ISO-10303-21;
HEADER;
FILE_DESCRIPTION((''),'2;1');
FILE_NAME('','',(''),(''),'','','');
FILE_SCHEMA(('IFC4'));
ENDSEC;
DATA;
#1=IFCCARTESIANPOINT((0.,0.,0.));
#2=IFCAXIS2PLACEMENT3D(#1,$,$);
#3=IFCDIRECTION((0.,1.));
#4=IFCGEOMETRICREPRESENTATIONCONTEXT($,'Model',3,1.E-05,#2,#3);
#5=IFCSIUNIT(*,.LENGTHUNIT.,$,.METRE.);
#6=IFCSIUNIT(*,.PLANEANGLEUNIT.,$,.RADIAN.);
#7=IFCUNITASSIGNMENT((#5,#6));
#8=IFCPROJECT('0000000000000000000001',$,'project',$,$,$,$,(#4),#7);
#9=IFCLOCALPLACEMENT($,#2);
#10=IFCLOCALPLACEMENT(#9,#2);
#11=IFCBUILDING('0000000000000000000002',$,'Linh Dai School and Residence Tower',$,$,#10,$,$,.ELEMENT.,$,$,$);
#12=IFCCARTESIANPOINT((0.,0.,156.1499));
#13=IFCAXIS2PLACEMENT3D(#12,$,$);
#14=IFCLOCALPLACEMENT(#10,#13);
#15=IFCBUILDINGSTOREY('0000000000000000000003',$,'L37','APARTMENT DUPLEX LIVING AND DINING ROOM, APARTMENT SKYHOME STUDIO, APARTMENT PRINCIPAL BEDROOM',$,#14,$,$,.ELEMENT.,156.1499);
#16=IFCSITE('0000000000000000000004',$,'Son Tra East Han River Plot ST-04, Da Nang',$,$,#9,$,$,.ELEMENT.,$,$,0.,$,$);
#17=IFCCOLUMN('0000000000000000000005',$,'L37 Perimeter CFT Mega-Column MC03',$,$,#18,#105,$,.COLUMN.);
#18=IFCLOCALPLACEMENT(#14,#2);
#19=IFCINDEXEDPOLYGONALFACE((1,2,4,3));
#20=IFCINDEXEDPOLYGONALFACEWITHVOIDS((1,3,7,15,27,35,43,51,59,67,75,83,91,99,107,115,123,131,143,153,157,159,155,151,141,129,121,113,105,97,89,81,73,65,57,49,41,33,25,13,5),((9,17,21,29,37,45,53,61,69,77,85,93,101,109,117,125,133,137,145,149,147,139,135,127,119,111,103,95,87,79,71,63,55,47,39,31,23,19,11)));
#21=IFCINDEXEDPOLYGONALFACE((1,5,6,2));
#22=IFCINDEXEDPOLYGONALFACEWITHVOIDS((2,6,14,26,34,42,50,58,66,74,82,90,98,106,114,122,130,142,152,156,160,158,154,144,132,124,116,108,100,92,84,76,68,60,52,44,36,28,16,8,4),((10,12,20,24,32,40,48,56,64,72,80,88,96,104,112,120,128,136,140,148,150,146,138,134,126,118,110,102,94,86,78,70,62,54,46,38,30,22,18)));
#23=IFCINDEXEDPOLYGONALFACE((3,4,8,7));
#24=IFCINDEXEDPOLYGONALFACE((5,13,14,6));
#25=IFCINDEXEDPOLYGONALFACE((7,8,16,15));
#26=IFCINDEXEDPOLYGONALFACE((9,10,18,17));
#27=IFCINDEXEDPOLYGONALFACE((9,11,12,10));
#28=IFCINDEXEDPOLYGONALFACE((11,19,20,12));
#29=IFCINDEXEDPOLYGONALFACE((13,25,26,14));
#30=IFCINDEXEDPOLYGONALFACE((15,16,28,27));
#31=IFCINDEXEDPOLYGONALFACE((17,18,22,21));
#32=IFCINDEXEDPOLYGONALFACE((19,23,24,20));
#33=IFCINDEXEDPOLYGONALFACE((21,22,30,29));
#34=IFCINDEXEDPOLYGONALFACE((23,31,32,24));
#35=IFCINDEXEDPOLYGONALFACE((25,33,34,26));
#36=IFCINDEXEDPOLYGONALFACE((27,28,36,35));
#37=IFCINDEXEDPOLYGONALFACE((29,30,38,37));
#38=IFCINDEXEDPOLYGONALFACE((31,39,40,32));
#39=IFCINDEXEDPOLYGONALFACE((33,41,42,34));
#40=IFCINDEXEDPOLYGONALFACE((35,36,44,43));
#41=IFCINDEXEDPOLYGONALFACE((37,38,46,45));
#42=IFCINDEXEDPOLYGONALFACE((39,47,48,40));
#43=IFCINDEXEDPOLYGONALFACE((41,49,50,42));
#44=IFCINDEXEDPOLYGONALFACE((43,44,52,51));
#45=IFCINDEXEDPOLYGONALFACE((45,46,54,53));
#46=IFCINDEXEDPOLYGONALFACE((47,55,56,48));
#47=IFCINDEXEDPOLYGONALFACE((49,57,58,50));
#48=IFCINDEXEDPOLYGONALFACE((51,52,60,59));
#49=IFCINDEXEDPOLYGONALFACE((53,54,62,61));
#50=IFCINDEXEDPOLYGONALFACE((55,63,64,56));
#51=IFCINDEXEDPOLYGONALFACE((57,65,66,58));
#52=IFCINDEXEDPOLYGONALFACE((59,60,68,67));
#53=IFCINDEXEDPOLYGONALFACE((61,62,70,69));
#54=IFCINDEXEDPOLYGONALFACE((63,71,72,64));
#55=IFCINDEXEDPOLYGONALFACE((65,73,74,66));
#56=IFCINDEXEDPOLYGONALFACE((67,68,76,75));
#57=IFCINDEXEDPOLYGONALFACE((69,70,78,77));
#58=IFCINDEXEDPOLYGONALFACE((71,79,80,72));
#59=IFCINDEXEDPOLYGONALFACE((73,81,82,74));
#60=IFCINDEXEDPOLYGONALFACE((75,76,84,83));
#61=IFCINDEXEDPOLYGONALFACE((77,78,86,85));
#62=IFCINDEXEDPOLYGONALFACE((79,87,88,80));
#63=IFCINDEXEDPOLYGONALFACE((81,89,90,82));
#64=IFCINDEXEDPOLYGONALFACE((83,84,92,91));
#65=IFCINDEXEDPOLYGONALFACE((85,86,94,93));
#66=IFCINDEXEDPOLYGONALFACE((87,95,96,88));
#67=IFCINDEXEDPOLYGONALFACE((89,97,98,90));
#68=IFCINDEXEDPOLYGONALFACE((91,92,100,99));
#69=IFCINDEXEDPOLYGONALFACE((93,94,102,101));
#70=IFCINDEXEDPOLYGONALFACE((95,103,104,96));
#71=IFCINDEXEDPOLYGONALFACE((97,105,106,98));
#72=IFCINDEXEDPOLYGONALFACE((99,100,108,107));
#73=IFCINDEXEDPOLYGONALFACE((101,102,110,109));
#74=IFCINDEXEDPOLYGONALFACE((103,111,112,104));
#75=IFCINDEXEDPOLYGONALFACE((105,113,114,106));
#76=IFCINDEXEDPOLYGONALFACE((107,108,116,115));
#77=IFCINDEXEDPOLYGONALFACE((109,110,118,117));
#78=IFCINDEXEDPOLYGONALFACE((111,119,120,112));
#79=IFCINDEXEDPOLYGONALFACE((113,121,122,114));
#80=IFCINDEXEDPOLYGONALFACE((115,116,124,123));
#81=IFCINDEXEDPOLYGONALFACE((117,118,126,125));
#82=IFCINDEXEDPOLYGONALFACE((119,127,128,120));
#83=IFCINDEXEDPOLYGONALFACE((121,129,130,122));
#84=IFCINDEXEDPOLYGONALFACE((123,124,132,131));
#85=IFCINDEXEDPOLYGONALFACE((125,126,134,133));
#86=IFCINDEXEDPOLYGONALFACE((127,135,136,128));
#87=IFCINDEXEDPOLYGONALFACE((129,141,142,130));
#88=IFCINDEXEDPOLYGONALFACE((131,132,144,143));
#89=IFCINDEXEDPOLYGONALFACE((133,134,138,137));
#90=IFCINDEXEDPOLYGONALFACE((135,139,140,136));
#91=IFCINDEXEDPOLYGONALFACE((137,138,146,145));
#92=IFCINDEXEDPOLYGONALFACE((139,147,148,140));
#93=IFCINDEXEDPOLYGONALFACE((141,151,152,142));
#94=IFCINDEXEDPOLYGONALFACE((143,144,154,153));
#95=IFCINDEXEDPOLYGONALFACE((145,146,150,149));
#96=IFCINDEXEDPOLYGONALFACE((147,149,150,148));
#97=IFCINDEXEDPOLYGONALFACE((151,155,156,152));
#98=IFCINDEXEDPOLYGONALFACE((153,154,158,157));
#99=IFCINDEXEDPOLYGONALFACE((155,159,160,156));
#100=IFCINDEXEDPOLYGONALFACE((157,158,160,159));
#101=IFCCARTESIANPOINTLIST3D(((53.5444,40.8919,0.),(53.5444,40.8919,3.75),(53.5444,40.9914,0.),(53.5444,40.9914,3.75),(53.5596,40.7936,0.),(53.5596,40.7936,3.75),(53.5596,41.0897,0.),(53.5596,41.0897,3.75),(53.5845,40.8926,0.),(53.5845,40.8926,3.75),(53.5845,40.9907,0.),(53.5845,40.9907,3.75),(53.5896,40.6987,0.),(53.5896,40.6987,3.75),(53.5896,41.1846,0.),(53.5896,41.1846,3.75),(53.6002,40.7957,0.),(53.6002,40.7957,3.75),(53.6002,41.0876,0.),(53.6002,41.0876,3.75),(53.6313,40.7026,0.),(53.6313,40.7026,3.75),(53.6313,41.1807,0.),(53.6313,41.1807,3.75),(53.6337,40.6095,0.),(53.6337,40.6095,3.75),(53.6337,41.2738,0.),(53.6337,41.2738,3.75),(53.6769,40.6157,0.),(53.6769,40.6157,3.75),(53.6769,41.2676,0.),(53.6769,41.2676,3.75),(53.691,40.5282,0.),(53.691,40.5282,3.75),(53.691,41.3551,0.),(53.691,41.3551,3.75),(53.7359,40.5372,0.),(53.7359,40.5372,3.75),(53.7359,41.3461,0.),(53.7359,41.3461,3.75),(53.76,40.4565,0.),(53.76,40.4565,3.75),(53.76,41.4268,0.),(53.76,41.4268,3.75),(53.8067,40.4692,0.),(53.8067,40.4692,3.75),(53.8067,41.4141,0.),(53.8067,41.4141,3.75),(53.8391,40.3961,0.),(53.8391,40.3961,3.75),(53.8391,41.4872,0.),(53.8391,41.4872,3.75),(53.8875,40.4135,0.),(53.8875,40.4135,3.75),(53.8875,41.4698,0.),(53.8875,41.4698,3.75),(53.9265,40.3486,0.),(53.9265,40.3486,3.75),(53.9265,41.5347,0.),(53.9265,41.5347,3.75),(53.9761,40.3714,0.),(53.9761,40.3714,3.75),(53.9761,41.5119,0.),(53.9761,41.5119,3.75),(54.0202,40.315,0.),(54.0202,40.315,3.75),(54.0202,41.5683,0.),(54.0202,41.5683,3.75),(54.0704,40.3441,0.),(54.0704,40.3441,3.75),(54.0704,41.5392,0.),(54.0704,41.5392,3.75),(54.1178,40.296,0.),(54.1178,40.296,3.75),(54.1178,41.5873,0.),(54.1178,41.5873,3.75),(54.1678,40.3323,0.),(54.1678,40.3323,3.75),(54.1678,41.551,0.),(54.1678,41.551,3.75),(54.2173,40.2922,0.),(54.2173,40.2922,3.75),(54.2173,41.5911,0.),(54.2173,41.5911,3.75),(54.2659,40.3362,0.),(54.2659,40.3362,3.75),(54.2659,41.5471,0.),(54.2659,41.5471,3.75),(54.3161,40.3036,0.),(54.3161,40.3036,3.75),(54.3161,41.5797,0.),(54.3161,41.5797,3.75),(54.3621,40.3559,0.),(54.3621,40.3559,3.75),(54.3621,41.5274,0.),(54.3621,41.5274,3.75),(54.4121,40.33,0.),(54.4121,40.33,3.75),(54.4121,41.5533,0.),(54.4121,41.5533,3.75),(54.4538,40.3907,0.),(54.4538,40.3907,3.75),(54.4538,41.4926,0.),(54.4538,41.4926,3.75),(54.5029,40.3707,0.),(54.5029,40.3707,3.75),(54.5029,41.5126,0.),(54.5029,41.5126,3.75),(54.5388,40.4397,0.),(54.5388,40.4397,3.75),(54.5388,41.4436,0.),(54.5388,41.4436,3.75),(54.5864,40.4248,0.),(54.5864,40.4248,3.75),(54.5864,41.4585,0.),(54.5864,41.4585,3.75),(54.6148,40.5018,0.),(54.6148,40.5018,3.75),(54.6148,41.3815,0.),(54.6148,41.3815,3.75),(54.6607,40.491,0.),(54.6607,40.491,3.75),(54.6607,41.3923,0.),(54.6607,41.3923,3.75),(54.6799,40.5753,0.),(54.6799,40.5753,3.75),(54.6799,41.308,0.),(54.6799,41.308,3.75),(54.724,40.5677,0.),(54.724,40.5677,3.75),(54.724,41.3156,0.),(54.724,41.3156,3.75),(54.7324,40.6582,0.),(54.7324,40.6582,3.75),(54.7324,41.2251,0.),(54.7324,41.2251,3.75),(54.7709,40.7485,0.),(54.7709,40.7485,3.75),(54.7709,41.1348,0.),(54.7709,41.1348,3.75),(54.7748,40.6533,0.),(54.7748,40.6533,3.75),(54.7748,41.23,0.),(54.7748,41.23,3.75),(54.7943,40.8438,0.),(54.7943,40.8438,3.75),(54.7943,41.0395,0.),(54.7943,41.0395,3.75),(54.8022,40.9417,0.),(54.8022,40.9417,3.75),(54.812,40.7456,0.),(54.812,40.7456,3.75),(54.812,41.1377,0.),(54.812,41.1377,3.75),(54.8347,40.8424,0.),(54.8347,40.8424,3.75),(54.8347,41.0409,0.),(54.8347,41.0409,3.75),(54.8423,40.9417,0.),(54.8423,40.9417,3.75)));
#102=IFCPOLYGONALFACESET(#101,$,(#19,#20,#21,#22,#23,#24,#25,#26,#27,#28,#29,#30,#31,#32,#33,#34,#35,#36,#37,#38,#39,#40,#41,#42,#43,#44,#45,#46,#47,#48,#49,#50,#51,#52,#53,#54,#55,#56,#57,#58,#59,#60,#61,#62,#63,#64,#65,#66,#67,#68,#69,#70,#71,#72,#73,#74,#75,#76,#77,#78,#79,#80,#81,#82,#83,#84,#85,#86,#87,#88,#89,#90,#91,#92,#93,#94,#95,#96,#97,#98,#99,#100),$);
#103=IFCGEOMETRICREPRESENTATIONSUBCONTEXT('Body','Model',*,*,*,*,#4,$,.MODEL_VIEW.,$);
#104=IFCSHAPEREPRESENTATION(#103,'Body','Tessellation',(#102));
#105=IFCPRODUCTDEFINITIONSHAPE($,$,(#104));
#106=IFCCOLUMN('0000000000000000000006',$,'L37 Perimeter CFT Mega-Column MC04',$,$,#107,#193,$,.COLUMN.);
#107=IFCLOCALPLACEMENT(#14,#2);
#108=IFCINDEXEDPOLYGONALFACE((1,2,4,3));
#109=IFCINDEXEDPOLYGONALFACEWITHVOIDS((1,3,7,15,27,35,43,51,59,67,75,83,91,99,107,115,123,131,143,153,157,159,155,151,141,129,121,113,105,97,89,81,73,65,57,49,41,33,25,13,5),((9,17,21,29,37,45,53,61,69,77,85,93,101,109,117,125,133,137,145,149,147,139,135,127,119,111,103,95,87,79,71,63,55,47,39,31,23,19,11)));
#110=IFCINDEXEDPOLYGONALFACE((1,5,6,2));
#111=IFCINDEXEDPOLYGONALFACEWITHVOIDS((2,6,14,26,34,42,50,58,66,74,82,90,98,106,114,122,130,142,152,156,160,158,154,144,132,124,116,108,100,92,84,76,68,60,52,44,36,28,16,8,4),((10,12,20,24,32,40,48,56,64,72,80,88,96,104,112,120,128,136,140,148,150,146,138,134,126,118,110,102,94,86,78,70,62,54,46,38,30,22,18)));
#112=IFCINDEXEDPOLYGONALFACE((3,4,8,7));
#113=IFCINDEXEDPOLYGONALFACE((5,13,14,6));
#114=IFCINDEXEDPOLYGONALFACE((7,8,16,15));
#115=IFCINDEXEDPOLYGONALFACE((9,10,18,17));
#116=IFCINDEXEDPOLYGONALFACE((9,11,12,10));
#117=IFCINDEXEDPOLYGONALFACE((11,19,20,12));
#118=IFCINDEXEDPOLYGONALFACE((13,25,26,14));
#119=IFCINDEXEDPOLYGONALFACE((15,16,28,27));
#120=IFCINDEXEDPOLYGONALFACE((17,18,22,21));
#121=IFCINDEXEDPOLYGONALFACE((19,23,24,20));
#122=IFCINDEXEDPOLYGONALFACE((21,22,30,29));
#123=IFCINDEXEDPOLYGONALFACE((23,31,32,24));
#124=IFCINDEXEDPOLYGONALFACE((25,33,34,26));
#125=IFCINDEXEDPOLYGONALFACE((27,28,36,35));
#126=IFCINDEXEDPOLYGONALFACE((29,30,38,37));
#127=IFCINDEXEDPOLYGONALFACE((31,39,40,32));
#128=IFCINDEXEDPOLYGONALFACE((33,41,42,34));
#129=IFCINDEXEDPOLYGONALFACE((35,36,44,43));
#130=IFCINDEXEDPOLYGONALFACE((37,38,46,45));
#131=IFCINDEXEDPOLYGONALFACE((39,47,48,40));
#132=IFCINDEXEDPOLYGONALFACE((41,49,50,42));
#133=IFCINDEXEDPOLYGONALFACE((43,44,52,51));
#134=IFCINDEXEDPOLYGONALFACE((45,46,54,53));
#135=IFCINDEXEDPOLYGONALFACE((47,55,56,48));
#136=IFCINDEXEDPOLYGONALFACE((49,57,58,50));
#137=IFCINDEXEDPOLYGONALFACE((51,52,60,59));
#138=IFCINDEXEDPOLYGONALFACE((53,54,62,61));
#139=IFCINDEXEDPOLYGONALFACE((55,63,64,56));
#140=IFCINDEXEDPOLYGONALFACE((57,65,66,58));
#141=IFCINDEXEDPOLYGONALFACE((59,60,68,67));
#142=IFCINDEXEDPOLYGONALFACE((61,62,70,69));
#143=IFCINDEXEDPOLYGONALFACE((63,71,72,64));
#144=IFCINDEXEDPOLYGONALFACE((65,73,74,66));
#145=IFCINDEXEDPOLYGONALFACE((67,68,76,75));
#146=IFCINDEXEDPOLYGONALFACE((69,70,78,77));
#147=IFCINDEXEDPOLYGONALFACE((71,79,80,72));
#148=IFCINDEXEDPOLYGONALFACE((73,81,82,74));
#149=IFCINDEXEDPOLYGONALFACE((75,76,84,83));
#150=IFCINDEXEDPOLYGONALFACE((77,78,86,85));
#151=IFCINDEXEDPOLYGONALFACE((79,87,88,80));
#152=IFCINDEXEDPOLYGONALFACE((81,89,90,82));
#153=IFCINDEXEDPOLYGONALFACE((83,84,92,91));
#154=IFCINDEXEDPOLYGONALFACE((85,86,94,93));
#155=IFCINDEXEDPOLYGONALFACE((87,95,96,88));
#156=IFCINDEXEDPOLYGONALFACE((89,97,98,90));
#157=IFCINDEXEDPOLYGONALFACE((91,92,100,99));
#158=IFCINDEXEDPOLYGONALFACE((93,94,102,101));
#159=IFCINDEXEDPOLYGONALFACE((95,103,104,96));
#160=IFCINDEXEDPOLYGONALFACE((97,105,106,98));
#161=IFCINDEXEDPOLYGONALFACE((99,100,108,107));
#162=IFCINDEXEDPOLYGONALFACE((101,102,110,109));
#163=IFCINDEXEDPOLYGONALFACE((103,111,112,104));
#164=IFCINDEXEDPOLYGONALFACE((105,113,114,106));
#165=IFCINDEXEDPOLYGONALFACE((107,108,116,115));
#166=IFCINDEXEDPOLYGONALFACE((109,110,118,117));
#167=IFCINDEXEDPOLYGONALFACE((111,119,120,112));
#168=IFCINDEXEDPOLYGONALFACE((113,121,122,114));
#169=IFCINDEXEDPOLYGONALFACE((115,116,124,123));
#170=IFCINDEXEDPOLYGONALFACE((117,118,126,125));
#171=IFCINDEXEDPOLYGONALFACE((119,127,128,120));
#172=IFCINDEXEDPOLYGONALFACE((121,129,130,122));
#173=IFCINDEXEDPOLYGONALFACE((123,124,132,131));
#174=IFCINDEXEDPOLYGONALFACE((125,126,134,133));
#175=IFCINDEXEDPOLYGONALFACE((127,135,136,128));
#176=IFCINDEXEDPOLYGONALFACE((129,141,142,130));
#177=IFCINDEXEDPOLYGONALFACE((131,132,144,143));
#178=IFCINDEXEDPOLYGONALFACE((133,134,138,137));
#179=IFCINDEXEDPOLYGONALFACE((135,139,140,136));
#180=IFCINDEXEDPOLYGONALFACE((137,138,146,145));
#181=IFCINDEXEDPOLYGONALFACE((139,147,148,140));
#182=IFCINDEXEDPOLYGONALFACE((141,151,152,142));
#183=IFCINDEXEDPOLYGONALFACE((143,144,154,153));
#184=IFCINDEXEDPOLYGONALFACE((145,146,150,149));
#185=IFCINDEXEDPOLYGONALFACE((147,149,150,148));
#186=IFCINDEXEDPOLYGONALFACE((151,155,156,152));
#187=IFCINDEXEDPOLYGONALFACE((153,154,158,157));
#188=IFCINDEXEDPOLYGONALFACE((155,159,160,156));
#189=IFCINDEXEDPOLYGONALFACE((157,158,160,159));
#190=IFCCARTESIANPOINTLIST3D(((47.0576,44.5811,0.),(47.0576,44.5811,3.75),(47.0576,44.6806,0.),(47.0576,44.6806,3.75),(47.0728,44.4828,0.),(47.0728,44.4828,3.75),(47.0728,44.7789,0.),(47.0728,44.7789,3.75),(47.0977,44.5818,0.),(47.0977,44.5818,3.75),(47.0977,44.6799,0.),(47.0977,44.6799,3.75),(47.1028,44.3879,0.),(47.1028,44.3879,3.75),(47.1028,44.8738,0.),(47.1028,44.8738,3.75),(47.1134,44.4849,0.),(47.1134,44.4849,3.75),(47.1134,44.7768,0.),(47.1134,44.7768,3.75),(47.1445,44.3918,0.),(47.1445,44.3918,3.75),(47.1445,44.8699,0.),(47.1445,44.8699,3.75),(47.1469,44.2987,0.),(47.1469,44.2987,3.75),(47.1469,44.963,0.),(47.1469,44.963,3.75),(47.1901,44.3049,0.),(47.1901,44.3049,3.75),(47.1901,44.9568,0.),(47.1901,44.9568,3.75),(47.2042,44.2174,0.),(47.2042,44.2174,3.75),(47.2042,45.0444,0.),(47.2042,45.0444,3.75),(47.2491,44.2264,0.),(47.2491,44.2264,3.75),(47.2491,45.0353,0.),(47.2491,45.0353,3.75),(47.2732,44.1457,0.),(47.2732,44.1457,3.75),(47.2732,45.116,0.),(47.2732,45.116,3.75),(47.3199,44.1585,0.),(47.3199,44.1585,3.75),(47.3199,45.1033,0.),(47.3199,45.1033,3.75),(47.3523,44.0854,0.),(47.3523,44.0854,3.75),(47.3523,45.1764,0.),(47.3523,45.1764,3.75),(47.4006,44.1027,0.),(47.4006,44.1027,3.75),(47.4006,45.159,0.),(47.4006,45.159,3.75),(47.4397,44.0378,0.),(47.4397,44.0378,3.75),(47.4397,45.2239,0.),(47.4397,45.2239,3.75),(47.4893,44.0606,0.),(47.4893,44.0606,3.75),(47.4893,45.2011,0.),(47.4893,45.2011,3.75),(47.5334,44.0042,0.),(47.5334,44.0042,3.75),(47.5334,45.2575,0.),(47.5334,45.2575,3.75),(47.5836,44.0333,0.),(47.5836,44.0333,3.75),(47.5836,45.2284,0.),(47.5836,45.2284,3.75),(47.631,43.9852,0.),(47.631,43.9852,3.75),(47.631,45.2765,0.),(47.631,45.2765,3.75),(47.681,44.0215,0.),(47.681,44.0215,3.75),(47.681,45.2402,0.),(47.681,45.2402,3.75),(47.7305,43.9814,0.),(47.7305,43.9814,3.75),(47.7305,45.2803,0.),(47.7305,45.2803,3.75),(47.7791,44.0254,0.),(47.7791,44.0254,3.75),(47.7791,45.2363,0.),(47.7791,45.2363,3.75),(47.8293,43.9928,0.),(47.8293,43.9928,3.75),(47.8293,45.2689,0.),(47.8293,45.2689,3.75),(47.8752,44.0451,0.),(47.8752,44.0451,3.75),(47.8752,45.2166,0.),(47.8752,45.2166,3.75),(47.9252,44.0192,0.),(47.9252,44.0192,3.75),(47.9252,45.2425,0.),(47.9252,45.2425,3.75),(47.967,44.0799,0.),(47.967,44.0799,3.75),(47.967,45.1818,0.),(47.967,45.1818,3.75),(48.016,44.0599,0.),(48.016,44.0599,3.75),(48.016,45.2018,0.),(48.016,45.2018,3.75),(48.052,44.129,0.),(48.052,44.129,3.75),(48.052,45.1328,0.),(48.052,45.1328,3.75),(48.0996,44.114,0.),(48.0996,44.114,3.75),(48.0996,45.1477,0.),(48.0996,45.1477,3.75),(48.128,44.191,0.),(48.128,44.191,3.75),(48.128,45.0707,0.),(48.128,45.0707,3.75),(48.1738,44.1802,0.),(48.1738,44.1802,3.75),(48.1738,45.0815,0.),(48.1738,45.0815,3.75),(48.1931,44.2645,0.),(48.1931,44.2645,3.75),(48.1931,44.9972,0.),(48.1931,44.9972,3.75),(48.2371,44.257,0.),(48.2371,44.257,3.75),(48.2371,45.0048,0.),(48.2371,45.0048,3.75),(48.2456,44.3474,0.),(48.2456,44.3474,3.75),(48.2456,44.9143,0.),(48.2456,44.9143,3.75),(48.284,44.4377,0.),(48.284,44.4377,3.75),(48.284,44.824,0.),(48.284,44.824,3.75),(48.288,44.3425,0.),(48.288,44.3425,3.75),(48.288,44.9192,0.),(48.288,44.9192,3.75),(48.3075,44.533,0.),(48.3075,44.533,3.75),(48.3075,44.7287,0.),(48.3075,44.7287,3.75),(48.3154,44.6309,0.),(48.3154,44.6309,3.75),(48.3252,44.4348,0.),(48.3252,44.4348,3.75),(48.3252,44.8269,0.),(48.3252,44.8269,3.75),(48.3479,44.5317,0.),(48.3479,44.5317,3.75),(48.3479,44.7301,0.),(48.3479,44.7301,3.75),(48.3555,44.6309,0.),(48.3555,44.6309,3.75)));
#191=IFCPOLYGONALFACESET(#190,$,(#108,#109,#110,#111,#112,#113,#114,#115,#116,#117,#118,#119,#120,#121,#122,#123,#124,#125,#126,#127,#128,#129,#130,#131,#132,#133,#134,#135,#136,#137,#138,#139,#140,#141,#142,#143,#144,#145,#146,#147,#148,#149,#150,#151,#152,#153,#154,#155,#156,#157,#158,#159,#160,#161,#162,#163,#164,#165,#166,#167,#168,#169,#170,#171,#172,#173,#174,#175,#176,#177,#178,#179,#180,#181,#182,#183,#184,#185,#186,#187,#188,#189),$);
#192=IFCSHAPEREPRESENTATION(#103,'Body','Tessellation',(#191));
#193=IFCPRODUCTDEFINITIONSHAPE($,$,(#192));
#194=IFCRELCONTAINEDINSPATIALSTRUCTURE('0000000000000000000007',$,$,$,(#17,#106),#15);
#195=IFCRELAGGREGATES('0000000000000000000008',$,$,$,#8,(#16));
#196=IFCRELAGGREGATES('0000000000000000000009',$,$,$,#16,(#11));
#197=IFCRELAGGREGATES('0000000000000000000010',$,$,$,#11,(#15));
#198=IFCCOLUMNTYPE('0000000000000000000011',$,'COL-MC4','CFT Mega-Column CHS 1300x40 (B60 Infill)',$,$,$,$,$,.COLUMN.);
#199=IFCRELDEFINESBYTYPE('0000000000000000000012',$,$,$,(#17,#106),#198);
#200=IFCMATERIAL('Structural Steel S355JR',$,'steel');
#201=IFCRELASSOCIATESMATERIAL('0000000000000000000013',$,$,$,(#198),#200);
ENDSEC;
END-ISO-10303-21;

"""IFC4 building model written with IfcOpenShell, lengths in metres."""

from ifc_helpers import new_model, si_unit, direction, frame, origin, origin_2d, place, context, subcontext, project, spatial, hollow_circle, extrude, material, material_profile, profile_set, type_object, element, save


model = new_model("IFC4")

# Units and contexts
model_context = context("Model", 3, precision=1e-05, world=origin(), true_north=direction((0.0, 1.0)))
body_context = subcontext(model_context, "Body", "Model", "MODEL_VIEW")
ifc_project = project(units=[si_unit("LENGTHUNIT", "METRE"), si_unit("PLANEANGLEUNIT", "RADIAN")], contexts=[model_context])

# Site, building, storey
site_placement = place(None, origin())
site = spatial("IfcSite", under=ifc_project, at=site_placement, Name="Son Tra East Han River Plot ST-04, Da Nang", CompositionType="ELEMENT", RefElevation=0.0)
building_placement = place(site_placement, origin())
building = spatial("IfcBuilding", under=site, at=building_placement, Name="Linh Dai School and Residence Tower", CompositionType="ELEMENT")
storey_placement = place(building_placement, frame((0.0, 0.0, 156.1499)))
storey = spatial("IfcBuildingStorey", under=building, at=storey_placement, Name="L37", Description="APARTMENT DUPLEX LIVING AND DINING ROOM, APARTMENT SKYHOME STUDIO, APARTMENT PRINCIPAL BEDROOM", CompositionType="ELEMENT", Elevation=156.1499)

# Columns
ifc_material_1 = material(Name="Structural Steel S355JR", Category="steel")
ifc_material_profile_1 = material_profile(ifc_material_1, hollow_circle(Radius=0.6499, WallThickness=0.04, at=origin_2d()), Name="CHS 1300x40")
ifc_profile_set_1 = profile_set([ifc_material_profile_1], Name="Structural Steel S355JR")
column_type = type_object("IfcColumnType", Name="COL-MC4", Description="CFT Mega-Column CHS 1300x40 (B60 Infill)", PredefinedType="COLUMN", material=ifc_profile_set_1)
for number, where, z_axis, x_axis, name in (
    (1, (54.1924, 40.9417, 0.0), (0.0, 0.0, 1.0), (1.0, 0.0, 0.0), "L37 Perimeter CFT Mega-Column MC03"),
    (2, (47.7056, 44.6309, 0.0), (0.0, 0.0, 1.0), (1.0, 0.0, 0.0), "L37 Perimeter CFT Mega-Column MC04"),
):
    element("IfcColumn", number, at=place(storey_placement, frame(where, z_axis=z_axis, x_axis=x_axis)), inside=storey, type_object=column_type, Name=name, PredefinedType="COLUMN", context=body_context, shape_type="SweptSolid", body=[
        extrude(hollow_circle(Radius=0.6499, WallThickness=0.04, at=origin_2d()), origin(), (0.0, 0.0, 1.0), 3.75),
    ])

save(model, "model.ifc")
